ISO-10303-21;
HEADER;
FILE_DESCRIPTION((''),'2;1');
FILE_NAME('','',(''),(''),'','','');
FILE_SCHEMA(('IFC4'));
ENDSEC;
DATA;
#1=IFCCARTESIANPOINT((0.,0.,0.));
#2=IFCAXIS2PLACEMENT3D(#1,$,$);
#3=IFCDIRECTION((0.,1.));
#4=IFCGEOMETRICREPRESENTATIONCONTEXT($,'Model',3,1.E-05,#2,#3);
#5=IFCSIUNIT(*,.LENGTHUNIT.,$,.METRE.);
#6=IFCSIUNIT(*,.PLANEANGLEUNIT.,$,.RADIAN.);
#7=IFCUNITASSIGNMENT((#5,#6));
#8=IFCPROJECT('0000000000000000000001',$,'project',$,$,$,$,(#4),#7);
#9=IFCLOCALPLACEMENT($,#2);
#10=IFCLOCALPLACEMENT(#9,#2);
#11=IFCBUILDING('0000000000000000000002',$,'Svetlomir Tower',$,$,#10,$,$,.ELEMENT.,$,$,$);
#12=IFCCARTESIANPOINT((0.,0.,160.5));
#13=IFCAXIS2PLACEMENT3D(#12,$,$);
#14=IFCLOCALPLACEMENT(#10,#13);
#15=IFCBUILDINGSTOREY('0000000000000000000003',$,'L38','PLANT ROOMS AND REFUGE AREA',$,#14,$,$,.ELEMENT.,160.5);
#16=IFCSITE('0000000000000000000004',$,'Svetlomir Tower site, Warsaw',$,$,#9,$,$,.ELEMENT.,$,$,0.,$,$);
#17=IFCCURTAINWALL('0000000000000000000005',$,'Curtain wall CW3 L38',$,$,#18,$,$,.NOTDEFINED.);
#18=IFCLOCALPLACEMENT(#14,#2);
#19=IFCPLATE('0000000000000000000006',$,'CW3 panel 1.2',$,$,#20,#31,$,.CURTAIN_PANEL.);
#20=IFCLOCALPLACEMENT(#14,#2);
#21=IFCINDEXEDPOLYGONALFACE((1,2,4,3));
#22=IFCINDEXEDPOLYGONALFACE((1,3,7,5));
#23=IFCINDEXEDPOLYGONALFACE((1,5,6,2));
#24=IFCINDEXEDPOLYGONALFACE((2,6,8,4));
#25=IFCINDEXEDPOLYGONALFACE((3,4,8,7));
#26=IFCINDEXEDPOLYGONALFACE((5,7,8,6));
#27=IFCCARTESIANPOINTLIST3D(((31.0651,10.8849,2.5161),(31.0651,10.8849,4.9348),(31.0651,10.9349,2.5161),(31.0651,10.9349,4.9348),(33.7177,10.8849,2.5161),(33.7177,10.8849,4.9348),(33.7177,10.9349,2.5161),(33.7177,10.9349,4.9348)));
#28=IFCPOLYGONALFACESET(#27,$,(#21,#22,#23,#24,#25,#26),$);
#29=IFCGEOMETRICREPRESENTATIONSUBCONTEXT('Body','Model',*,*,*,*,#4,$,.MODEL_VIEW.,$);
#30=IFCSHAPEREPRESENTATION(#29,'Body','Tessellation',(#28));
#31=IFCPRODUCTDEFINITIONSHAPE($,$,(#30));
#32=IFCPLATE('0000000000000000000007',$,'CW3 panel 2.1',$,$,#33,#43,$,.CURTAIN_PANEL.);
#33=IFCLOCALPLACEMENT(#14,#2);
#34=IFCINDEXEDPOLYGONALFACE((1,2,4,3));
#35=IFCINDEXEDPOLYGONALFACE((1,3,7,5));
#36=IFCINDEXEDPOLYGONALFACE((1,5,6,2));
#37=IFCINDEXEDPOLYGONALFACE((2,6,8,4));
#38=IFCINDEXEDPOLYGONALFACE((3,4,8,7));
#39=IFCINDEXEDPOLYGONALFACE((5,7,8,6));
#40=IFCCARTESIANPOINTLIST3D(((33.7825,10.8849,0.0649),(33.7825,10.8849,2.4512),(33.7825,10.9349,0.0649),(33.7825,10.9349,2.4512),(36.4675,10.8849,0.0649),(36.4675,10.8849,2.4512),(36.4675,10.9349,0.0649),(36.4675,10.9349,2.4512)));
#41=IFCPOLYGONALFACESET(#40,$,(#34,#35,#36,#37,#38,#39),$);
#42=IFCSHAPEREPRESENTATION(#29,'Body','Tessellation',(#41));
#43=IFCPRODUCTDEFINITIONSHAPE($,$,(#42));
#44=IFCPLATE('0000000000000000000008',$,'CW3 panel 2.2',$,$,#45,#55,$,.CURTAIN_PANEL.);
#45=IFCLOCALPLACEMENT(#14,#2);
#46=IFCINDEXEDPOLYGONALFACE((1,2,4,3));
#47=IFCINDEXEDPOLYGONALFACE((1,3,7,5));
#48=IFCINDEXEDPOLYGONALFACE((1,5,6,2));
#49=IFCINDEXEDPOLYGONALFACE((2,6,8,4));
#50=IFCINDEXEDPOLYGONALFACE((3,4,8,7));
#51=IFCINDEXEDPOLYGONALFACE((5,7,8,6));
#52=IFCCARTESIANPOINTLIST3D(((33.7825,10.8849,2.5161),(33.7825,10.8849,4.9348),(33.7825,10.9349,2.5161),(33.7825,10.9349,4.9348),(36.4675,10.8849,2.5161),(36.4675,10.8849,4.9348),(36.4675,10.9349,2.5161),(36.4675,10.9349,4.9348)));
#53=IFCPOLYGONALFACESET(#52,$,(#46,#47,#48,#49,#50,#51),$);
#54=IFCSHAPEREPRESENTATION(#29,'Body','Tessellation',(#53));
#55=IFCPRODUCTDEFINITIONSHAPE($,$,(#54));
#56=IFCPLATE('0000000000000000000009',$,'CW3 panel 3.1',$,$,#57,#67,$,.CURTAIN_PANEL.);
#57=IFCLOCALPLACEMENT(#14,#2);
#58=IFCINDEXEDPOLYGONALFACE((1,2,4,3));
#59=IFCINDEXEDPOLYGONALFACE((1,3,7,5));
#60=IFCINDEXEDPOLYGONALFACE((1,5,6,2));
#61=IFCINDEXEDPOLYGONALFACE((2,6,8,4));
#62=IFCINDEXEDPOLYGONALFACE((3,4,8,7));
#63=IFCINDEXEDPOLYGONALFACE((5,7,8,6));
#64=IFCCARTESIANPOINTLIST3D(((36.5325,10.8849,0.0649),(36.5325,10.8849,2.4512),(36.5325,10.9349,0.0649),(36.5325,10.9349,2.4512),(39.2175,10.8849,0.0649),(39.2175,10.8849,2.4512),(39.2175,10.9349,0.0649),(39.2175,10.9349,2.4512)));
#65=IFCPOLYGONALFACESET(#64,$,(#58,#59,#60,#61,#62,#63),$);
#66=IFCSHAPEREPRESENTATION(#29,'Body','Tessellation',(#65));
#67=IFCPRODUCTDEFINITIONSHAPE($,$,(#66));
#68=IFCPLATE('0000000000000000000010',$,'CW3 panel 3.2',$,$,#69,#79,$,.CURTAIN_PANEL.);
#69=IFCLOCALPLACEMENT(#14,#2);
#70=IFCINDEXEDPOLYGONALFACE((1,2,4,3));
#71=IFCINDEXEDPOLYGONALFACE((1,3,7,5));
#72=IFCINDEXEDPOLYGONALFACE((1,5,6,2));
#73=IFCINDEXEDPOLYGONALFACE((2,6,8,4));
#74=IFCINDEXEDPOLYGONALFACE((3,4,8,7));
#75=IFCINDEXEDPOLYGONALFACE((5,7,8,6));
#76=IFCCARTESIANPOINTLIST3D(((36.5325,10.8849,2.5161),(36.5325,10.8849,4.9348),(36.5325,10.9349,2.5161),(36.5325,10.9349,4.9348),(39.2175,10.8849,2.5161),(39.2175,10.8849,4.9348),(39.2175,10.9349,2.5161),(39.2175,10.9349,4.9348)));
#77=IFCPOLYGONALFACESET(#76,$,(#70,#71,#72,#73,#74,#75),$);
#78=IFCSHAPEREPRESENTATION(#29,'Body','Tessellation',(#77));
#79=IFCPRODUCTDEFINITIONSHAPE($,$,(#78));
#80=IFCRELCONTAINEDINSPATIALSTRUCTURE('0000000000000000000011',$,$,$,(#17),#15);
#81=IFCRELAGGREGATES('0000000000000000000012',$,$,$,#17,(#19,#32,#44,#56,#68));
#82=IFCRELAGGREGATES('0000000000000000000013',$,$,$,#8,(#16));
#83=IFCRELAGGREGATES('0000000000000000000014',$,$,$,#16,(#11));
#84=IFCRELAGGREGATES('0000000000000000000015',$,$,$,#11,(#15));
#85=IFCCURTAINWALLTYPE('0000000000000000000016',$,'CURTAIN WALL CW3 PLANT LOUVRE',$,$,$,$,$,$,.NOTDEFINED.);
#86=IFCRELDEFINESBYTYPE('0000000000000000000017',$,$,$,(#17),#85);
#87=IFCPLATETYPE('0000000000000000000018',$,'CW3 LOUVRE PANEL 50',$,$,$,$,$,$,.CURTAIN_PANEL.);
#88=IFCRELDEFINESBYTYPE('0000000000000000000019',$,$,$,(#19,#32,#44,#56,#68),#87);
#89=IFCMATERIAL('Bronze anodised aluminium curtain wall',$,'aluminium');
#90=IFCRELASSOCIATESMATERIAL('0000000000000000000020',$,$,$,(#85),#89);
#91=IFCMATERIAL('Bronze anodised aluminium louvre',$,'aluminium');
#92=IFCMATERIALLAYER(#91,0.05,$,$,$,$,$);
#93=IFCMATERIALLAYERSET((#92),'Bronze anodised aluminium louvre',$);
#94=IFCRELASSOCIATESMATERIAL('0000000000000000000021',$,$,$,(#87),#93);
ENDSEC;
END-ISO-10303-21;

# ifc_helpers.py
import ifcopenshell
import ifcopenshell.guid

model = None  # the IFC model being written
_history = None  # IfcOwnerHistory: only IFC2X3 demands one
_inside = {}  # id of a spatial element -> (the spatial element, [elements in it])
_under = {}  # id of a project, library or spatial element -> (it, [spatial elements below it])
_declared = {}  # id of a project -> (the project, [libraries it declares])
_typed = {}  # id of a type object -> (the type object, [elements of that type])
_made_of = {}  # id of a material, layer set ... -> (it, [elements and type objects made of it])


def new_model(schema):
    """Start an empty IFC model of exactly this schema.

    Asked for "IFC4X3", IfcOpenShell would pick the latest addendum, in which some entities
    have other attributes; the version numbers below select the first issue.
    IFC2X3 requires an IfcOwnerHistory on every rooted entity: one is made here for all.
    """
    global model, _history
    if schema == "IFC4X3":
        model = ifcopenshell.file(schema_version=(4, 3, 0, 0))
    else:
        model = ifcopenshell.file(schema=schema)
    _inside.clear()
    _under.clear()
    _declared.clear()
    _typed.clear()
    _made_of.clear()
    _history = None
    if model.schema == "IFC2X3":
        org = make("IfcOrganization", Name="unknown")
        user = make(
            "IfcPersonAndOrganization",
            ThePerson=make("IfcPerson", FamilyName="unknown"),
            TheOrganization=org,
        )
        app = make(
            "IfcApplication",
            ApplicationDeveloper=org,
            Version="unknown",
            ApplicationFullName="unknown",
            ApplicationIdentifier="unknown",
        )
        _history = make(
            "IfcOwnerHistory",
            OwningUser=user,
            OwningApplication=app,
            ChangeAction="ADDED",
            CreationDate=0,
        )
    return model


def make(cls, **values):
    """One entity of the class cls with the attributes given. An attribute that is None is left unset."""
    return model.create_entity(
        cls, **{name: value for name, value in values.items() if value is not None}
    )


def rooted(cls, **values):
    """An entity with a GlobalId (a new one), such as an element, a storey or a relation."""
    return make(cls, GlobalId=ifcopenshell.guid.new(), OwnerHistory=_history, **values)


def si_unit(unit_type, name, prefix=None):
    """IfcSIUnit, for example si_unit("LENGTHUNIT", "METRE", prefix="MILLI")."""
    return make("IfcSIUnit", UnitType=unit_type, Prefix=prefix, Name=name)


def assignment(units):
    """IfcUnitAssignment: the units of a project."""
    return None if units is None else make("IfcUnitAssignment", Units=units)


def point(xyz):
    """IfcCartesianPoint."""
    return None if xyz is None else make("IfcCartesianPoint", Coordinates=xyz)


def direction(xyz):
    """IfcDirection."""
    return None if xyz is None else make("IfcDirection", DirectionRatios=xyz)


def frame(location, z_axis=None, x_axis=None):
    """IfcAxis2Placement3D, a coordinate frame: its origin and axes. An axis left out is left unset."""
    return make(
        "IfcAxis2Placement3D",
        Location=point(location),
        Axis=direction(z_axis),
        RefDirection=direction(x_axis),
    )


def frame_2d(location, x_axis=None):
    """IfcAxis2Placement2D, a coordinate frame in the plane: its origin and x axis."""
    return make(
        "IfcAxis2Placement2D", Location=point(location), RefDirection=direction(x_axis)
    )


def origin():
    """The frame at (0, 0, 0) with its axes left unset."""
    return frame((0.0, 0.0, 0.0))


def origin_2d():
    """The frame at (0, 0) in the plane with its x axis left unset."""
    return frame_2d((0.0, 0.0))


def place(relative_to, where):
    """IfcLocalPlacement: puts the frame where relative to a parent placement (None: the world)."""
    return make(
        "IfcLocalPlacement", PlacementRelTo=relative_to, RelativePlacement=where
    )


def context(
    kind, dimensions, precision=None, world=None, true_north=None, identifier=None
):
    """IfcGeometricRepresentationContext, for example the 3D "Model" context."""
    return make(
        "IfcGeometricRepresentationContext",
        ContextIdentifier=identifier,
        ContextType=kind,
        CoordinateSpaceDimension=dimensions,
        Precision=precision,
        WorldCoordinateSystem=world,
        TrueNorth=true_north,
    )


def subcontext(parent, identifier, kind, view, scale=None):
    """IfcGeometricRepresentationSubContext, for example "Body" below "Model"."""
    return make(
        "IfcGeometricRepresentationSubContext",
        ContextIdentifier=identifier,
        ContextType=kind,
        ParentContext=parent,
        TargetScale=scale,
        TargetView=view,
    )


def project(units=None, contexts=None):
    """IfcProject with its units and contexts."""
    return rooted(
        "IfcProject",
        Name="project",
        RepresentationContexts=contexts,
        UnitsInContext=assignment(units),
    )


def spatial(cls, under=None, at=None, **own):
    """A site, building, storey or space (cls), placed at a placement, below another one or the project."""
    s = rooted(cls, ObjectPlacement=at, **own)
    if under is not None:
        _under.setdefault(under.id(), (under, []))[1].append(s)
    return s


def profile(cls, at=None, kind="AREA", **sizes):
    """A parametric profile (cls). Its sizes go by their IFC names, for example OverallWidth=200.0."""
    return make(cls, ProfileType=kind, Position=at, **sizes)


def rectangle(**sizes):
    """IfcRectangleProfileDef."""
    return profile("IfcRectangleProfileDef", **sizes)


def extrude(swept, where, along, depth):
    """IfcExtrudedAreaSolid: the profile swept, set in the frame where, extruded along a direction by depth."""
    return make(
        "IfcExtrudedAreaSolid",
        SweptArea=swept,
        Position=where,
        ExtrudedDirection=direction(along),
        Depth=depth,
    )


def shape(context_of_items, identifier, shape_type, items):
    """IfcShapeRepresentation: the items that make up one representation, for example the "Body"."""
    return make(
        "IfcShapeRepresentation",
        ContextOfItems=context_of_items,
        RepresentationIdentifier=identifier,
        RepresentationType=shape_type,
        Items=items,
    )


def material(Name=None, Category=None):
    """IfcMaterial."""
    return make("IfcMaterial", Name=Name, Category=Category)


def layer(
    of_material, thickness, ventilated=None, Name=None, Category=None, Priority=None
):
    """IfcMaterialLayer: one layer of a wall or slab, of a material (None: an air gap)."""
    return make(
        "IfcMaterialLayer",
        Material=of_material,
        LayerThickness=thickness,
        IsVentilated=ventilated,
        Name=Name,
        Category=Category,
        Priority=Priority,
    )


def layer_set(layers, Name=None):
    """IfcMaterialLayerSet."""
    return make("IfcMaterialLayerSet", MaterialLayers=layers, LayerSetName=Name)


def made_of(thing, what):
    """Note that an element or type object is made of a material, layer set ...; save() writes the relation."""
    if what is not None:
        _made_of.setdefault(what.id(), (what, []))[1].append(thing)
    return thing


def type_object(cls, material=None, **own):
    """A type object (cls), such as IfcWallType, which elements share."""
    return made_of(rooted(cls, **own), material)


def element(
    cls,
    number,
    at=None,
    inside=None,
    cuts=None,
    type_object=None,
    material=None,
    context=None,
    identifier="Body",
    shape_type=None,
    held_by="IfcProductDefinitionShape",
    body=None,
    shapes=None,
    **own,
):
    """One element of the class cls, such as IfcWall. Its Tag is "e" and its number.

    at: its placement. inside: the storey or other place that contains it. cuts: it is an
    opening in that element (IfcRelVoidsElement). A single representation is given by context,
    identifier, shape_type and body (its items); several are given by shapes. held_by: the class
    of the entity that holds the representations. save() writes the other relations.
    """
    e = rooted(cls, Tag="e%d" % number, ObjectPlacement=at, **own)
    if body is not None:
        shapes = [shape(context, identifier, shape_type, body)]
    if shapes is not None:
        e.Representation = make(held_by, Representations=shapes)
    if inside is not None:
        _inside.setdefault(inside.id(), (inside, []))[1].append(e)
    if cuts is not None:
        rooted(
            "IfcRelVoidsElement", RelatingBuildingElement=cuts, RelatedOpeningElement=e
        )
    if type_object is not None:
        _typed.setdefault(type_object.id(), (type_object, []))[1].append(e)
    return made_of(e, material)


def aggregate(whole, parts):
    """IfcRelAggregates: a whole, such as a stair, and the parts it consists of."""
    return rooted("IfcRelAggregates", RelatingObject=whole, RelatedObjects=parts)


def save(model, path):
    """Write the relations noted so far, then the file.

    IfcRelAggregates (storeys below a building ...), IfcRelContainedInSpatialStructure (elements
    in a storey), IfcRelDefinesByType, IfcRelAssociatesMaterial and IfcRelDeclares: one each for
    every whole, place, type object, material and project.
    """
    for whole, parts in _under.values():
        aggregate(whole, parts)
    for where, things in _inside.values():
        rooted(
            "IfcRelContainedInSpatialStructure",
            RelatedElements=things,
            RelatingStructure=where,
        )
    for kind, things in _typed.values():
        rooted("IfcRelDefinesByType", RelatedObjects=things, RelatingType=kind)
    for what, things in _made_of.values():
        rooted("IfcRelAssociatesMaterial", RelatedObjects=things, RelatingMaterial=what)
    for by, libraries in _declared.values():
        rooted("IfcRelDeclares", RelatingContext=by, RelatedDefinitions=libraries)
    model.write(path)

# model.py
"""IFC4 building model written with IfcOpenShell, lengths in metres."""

from ifc_helpers import new_model, si_unit, direction, frame, origin, origin_2d, place, context, subcontext, project, spatial, rectangle, extrude, material, layer, layer_set, type_object, element, aggregate, save


model = new_model("IFC4")

# Units and contexts
model_context = context("Model", 3, precision=1e-05, world=origin(), true_north=direction((0.0, 1.0)))
body_context = subcontext(model_context, "Body", "Model", "MODEL_VIEW")
ifc_project = project(units=[si_unit("LENGTHUNIT", "METRE"), si_unit("PLANEANGLEUNIT", "RADIAN")], contexts=[model_context])

# Site, building, storey
site_placement = place(None, origin())
site = spatial("IfcSite", under=ifc_project, at=site_placement, Name="Svetlomir Tower site, Warsaw", CompositionType="ELEMENT", RefElevation=0.0)
building_placement = place(site_placement, origin())
building = spatial("IfcBuilding", under=site, at=building_placement, Name="Svetlomir Tower", CompositionType="ELEMENT")
storey_placement = place(building_placement, frame((0.0, 0.0, 160.5)))
storey = spatial("IfcBuildingStorey", under=building, at=storey_placement, Name="L38", Description="PLANT ROOMS AND REFUGE AREA", CompositionType="ELEMENT", Elevation=160.5)

# Curtain wall
ifc_material_1 = material(Name="Bronze anodised aluminium curtain wall", Category="aluminium")
curtain_wall_type = type_object("IfcCurtainWallType", Name="CURTAIN WALL CW3 PLANT LOUVRE", PredefinedType="NOTDEFINED", material=ifc_material_1)
curtain_wall_1_placement = place(storey_placement, origin())
curtain_wall_1 = element("IfcCurtainWall", 1, at=curtain_wall_1_placement, inside=storey, type_object=curtain_wall_type, Name="Curtain wall CW3 L38", PredefinedType="NOTDEFINED")

# Plates
ifc_material_2 = material(Name="Bronze anodised aluminium louvre", Category="aluminium")
ifc_layer = layer(ifc_material_2, 0.05)
ifc_layer_set = layer_set([ifc_layer], Name="Bronze anodised aluminium louvre")
plate_type = type_object("IfcPlateType", Name="CW3 LOUVRE PANEL 50", PredefinedType="CURTAIN_PANEL", material=ifc_layer_set)
plate_1_placement = place(storey_placement, frame((32.3914, 10.9099, 2.5161), z_axis=(0.0, 0.0, 1.0), x_axis=(1.0, 0.0, 0.0)))
plate_1 = element("IfcPlate", 2, at=plate_1_placement, type_object=plate_type, Name="CW3 panel 1.2", PredefinedType="CURTAIN_PANEL", context=body_context, shape_type="SweptSolid", body=[
    extrude(rectangle(XDim=2.6526, YDim=0.05, at=origin_2d()), origin(), (0.0, 0.0, 1.0), 2.4187),
])
plate_2_placement = place(storey_placement, frame((35.125, 10.9099, 0.0649), z_axis=(0.0, 0.0, 1.0), x_axis=(1.0, 0.0, 0.0)))
plate_2 = element("IfcPlate", 3, at=plate_2_placement, type_object=plate_type, Name="CW3 panel 2.1", PredefinedType="CURTAIN_PANEL", context=body_context, shape_type="SweptSolid", body=[
    extrude(rectangle(XDim=2.6851, YDim=0.05, at=origin_2d()), origin(), (0.0, 0.0, 1.0), 2.3862),
])
plate_3_placement = place(storey_placement, frame((35.125, 10.9099, 2.5161), z_axis=(0.0, 0.0, 1.0), x_axis=(1.0, 0.0, 0.0)))
plate_3 = element("IfcPlate", 4, at=plate_3_placement, type_object=plate_type, Name="CW3 panel 2.2", PredefinedType="CURTAIN_PANEL", context=body_context, shape_type="SweptSolid", body=[
    extrude(rectangle(XDim=2.6851, YDim=0.05, at=origin_2d()), origin(), (0.0, 0.0, 1.0), 2.4187),
])
plate_4_placement = place(storey_placement, frame((37.875, 10.9099, 0.0649), z_axis=(0.0, 0.0, 1.0), x_axis=(1.0, 0.0, 0.0)))
plate_4 = element("IfcPlate", 5, at=plate_4_placement, type_object=plate_type, Name="CW3 panel 3.1", PredefinedType="CURTAIN_PANEL", context=body_context, shape_type="SweptSolid", body=[
    extrude(rectangle(XDim=2.6851, YDim=0.05, at=origin_2d()), origin(), (0.0, 0.0, 1.0), 2.3862),
])
plate_5_placement = place(storey_placement, frame((37.875, 10.9099, 2.5161), z_axis=(0.0, 0.0, 1.0), x_axis=(1.0, 0.0, 0.0)))
plate_5 = element("IfcPlate", 6, at=plate_5_placement, type_object=plate_type, Name="CW3 panel 3.2", PredefinedType="CURTAIN_PANEL", context=body_context, shape_type="SweptSolid", body=[
    extrude(rectangle(XDim=2.6851, YDim=0.05, at=origin_2d()), origin(), (0.0, 0.0, 1.0), 2.4187),
])
aggregate(curtain_wall_1, [plate_1, plate_2, plate_3, plate_4, plate_5])

save(model, "model.ifc")
